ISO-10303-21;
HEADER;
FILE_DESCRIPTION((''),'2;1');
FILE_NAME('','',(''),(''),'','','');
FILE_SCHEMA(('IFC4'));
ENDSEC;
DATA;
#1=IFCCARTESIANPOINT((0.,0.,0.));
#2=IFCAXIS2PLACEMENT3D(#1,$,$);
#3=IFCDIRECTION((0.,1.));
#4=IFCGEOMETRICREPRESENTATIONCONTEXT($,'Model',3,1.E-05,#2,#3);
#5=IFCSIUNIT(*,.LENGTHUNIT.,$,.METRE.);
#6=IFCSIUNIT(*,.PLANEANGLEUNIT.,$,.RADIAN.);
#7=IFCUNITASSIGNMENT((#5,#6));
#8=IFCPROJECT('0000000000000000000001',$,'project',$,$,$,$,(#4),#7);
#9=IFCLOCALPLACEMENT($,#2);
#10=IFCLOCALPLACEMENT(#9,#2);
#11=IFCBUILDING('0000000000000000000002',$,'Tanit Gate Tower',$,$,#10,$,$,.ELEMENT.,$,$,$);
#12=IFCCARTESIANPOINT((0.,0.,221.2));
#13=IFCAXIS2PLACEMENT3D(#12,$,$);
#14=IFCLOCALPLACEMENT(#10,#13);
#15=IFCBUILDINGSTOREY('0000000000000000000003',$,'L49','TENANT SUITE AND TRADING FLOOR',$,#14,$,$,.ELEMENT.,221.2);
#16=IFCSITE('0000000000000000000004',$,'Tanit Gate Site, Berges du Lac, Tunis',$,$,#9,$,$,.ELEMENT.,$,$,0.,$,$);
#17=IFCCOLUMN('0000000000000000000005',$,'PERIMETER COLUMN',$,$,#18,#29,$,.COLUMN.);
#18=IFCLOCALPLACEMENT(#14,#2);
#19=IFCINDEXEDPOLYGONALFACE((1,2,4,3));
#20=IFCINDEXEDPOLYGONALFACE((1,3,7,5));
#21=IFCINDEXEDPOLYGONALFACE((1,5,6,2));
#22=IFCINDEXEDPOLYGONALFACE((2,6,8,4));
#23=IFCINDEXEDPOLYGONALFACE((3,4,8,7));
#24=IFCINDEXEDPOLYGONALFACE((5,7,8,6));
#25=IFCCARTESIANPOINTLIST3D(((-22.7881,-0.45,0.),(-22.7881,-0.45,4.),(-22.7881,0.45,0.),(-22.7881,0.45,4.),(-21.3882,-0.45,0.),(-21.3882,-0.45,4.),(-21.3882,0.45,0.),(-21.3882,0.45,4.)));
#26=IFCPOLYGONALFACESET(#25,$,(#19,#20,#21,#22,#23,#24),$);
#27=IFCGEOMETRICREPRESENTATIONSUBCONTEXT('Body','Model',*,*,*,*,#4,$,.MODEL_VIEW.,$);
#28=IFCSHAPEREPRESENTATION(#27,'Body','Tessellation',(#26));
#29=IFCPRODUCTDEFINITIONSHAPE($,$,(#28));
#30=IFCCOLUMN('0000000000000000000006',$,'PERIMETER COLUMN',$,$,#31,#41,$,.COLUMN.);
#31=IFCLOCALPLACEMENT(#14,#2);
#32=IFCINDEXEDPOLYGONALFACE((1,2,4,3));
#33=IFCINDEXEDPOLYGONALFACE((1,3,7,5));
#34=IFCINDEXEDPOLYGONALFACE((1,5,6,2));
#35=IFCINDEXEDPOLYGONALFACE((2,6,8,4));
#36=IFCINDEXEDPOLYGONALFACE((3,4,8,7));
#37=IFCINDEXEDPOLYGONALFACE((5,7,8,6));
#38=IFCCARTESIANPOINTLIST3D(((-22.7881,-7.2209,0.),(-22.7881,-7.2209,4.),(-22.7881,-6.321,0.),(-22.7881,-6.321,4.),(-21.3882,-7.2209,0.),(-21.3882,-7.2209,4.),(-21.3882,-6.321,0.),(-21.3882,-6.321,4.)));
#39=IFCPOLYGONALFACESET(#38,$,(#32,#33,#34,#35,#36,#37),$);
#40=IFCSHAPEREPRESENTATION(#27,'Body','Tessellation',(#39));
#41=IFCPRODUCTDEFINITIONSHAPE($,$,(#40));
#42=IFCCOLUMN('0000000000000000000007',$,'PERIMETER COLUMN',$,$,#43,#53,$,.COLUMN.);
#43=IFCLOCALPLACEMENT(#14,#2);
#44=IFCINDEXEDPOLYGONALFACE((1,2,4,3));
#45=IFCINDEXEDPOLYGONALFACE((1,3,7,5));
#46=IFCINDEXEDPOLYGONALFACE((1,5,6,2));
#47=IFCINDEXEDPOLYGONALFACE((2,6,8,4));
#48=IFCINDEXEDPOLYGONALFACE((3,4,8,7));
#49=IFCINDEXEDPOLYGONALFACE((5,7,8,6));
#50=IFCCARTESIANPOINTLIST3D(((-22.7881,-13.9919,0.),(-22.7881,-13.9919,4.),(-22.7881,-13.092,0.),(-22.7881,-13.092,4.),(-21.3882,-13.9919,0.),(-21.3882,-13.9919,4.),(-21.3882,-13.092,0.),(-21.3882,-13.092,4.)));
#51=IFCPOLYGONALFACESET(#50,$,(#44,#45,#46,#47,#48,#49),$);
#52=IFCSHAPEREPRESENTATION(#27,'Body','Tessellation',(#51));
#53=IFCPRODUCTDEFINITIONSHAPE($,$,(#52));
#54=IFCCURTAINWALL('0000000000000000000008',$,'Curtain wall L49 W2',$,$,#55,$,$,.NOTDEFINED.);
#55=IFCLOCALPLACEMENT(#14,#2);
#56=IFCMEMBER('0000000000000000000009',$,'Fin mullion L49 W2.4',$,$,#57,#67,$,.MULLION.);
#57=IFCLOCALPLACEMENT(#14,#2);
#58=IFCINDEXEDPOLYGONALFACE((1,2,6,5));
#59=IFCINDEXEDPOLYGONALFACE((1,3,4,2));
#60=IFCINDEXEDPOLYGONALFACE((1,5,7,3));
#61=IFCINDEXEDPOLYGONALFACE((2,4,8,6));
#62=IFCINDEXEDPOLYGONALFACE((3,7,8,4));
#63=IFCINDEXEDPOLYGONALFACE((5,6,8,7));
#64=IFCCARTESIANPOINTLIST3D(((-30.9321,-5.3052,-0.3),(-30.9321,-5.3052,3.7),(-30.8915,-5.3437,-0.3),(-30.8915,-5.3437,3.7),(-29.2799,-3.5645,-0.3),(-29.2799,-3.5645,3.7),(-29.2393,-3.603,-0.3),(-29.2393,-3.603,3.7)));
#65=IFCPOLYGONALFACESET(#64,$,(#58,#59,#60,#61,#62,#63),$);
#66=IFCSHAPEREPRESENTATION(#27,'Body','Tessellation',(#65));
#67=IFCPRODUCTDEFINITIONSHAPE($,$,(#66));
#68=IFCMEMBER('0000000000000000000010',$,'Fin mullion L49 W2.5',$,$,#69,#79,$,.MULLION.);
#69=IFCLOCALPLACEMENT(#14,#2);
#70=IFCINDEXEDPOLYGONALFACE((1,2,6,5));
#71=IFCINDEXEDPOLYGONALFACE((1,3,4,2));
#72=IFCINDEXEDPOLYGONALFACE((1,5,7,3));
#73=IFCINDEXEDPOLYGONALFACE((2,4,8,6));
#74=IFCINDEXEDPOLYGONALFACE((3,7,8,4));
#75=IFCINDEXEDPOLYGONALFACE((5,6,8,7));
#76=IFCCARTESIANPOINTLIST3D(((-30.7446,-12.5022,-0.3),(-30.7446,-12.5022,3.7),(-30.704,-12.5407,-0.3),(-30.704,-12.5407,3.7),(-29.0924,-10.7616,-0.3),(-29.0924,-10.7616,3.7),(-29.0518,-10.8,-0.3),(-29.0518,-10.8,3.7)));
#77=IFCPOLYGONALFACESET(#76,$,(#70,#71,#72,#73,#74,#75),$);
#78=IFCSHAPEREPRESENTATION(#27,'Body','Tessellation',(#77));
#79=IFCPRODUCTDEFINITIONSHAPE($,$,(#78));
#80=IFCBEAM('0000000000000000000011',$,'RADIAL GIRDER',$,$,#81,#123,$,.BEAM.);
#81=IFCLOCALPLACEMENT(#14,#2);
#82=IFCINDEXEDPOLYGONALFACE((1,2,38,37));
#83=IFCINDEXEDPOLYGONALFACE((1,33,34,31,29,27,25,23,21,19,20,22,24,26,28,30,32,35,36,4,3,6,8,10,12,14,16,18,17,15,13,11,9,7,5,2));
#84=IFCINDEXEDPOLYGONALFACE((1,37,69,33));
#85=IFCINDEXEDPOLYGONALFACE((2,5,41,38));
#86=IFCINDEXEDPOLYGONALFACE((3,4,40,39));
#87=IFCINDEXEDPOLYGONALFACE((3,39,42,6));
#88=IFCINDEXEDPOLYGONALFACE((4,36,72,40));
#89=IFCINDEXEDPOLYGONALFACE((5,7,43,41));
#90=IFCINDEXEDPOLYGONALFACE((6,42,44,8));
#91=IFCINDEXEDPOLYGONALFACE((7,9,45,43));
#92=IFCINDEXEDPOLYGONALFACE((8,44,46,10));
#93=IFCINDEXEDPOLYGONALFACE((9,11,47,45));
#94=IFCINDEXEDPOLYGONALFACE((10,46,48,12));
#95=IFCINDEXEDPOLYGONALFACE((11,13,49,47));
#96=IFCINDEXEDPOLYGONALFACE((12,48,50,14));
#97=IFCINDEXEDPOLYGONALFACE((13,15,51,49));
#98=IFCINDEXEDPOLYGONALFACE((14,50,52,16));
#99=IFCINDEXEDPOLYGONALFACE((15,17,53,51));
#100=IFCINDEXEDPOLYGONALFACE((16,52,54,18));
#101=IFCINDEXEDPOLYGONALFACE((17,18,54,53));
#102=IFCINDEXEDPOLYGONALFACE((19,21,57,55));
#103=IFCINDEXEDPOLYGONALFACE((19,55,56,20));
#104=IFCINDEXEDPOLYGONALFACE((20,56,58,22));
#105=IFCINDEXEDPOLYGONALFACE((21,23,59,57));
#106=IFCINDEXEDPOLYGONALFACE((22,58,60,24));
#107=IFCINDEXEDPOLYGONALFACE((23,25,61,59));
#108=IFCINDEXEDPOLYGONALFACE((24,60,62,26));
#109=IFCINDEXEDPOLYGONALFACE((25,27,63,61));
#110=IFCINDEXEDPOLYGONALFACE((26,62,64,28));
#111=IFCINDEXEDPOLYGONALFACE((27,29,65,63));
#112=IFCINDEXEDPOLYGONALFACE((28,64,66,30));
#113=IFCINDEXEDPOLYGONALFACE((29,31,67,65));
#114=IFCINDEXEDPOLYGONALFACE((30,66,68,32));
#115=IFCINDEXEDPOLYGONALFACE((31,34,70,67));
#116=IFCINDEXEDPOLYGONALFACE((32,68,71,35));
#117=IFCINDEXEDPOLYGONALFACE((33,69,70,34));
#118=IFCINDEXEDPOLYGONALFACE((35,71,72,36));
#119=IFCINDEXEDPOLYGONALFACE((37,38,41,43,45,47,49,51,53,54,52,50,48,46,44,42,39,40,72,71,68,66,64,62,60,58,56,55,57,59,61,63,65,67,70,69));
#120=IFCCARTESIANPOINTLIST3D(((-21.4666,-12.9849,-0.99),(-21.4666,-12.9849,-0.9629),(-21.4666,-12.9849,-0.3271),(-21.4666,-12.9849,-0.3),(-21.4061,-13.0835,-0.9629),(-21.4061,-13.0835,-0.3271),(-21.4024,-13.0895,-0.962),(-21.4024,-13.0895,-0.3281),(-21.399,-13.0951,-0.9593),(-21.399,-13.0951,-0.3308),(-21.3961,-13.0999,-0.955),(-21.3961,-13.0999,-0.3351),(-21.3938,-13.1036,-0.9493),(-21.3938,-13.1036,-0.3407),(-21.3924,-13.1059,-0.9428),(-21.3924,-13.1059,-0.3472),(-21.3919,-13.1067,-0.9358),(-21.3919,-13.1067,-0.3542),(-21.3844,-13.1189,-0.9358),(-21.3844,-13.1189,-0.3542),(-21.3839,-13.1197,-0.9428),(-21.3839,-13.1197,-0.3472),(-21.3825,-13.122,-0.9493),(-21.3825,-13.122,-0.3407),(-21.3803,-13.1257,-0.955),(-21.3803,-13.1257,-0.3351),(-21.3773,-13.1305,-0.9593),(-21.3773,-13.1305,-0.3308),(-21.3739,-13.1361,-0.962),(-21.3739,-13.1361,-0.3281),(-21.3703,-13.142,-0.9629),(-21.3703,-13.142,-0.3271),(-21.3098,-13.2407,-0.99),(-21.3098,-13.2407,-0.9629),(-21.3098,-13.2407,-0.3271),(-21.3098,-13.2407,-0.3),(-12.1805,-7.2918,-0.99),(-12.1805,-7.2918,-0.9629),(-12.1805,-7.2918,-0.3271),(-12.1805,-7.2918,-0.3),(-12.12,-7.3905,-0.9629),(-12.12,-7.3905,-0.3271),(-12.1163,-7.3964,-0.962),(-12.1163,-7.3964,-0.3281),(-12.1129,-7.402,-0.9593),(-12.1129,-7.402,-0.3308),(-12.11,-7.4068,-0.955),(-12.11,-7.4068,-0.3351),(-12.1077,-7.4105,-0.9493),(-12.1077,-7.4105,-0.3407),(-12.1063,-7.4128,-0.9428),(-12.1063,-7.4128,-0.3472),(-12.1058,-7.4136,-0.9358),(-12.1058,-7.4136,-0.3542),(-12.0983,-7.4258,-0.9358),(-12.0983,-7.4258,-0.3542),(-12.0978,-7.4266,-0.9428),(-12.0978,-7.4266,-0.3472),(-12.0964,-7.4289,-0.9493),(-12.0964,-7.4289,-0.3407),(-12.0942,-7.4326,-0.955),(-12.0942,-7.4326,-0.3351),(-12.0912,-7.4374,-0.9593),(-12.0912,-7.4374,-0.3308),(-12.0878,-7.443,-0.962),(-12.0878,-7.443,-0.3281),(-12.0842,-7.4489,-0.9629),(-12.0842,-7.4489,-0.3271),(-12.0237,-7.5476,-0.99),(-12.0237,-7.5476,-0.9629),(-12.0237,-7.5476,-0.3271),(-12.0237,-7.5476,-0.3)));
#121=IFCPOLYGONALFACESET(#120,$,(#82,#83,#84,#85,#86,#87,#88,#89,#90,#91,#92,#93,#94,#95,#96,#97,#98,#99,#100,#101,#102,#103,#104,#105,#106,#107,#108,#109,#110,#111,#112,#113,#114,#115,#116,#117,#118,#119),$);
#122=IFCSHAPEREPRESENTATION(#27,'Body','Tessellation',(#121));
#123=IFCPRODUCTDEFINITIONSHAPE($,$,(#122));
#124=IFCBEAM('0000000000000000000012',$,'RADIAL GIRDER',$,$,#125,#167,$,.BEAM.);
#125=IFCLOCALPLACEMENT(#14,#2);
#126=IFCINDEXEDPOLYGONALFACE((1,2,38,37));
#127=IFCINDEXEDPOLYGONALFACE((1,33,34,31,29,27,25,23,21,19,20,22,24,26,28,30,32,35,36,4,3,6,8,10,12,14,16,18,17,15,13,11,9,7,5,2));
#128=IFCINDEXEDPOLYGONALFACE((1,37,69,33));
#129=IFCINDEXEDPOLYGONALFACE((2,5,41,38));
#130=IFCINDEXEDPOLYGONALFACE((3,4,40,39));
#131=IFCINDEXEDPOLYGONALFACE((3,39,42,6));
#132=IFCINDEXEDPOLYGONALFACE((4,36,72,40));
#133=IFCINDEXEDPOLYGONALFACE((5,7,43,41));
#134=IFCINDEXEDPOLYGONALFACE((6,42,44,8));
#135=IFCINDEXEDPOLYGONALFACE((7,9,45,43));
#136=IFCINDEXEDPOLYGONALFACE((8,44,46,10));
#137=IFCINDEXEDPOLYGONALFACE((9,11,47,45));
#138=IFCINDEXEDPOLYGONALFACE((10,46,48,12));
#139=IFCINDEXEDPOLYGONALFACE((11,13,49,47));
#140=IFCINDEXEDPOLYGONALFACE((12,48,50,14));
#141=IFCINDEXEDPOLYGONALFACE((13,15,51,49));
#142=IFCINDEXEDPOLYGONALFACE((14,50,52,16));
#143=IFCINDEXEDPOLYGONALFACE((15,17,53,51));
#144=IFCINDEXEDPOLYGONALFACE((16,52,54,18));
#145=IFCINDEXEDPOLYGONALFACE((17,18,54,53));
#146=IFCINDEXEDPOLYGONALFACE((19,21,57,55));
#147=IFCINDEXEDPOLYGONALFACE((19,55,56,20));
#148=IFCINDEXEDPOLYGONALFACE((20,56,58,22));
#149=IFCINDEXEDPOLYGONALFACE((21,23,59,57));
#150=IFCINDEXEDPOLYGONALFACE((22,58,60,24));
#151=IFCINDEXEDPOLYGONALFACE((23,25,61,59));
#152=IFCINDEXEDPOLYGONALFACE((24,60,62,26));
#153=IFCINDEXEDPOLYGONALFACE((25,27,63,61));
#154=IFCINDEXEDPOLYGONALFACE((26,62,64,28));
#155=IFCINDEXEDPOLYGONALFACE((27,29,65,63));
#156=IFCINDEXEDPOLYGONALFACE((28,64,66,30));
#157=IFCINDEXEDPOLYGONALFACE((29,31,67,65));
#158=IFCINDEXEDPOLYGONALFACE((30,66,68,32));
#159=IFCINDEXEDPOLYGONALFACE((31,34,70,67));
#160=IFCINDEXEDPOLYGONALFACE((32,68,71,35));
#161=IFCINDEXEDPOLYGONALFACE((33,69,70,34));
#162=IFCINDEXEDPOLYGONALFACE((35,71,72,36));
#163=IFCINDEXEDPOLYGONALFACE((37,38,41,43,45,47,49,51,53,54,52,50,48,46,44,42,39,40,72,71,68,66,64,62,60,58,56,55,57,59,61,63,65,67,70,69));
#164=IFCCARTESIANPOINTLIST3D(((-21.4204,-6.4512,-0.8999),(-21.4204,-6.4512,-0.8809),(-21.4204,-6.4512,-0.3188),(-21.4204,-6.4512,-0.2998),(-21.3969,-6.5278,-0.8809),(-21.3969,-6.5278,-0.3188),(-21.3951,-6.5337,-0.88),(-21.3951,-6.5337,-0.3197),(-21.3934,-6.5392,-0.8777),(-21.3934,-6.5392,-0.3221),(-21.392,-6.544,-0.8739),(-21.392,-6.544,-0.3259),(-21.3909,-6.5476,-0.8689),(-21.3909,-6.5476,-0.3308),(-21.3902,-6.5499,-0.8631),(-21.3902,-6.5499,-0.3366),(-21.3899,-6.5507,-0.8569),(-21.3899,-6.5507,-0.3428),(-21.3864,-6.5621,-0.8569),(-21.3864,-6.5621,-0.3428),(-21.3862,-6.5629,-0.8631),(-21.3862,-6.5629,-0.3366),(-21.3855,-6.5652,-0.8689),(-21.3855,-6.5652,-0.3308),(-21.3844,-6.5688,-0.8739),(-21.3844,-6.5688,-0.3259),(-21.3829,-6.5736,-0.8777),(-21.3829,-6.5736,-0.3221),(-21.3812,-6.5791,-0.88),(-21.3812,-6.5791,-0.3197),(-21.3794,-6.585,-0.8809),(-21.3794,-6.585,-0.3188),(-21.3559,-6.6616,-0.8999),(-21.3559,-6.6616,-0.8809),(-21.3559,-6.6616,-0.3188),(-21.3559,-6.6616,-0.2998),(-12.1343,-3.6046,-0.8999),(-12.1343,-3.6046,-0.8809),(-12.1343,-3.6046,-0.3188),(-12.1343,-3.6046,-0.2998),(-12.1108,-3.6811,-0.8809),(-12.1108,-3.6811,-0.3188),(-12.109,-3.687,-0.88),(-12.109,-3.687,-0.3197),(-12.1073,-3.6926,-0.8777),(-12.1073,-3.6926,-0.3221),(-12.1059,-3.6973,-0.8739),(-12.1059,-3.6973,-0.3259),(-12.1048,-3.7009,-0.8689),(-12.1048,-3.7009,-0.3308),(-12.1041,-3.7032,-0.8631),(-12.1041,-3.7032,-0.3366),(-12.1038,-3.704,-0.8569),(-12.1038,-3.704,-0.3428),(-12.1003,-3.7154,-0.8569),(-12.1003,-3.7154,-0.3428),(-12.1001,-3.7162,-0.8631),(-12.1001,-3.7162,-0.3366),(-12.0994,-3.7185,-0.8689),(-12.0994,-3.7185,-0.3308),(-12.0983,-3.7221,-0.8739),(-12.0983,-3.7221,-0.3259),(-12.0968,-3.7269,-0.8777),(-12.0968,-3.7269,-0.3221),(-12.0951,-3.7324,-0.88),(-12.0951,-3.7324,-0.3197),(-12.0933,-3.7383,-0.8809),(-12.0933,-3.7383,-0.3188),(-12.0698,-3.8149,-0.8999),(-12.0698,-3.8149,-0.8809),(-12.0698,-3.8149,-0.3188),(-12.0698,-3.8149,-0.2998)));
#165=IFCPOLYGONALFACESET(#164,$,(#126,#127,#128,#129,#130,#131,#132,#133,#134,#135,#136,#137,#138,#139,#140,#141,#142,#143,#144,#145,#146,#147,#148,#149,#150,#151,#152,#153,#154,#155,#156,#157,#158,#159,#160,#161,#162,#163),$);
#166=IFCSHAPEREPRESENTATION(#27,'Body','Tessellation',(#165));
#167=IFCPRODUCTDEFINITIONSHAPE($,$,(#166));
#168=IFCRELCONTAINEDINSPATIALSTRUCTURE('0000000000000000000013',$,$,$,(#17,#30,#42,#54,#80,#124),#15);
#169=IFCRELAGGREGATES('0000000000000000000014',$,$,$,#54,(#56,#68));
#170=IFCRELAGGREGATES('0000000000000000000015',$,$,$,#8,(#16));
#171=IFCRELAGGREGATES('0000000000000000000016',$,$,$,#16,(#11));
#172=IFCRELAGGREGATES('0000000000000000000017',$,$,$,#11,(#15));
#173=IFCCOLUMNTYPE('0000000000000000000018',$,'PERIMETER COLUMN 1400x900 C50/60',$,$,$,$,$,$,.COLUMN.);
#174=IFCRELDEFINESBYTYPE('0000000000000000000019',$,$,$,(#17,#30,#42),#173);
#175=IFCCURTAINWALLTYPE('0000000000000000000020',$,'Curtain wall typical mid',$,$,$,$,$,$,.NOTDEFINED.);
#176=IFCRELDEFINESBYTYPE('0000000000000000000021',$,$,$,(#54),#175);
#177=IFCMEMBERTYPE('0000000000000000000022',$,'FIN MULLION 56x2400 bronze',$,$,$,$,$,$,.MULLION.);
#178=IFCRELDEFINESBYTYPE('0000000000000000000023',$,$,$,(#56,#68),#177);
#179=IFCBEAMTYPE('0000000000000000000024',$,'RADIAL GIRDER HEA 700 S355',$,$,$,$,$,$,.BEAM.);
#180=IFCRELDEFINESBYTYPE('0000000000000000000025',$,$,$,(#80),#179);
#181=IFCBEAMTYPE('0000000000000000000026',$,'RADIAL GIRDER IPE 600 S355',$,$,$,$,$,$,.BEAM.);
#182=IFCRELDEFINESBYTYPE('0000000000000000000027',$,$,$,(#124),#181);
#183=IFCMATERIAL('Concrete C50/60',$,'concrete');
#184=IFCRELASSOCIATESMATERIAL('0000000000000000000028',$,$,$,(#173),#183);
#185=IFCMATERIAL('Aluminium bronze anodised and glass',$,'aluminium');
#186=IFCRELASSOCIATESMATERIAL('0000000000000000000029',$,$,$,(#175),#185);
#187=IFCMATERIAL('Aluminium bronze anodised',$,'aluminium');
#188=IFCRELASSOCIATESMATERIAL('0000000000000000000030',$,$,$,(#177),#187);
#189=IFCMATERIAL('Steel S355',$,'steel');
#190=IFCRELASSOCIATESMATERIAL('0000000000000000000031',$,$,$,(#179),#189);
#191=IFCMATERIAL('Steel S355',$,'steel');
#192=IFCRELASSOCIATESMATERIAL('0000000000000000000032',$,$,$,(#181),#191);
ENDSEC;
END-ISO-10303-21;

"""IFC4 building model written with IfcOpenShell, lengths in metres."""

from ifc_helpers import new_model, si_unit, direction, frame, origin, origin_2d, place, context, subcontext, project, spatial, rectangle, i_section, extrude, material, material_profile, profile_set, type_object, element, aggregate, save


model = new_model("IFC4")

# Units and contexts
model_context = context("Model", 3, precision=1e-05, world=origin(), true_north=direction((0.0, 1.0)))
body_context = subcontext(model_context, "Body", "Model", "MODEL_VIEW")
ifc_project = project(units=[si_unit("LENGTHUNIT", "METRE"), si_unit("PLANEANGLEUNIT", "RADIAN")], contexts=[model_context])

# Site, building, storey
site_placement = place(None, origin())
site = spatial("IfcSite", under=ifc_project, at=site_placement, Name="Tanit Gate Site, Berges du Lac, Tunis", CompositionType="ELEMENT", RefElevation=0.0)
building_placement = place(site_placement, origin())
building = spatial("IfcBuilding", under=site, at=building_placement, Name="Tanit Gate Tower", CompositionType="ELEMENT")
storey_placement = place(building_placement, frame((0.0, 0.0, 221.2)))
storey = spatial("IfcBuildingStorey", under=building, at=storey_placement, Name="L49", Description="TENANT SUITE AND TRADING FLOOR", CompositionType="ELEMENT", Elevation=221.2)

# Columns
ifc_material_1 = material(Name="Concrete C50/60", Category="concrete")
ifc_material_profile_1 = material_profile(ifc_material_1, rectangle(XDim=1.3999, YDim=0.8999, at=origin_2d()), Name="RC 1400x900")
ifc_profile_set_1 = profile_set([ifc_material_profile_1], Name="Concrete C50/60")
column_type = type_object("IfcColumnType", Name="PERIMETER COLUMN 1400x900 C50/60", PredefinedType="COLUMN", material=ifc_profile_set_1)
for number, where, z_axis, x_axis, name in (
    (1, (-22.0881, 0.0, 0.0), (0.0, 0.0, 1.0), (-1.0, 0.0, 0.0), "PERIMETER COLUMN"),
    (2, (-22.0881, -6.771, 0.0), (0.0, 0.0, 1.0), (-1.0, 0.0, 0.0), "PERIMETER COLUMN"),
    (3, (-22.0881, -13.542, 0.0), (0.0, 0.0, 1.0), (-1.0, 0.0, 0.0), "PERIMETER COLUMN"),
):
    element("IfcColumn", number, at=place(storey_placement, frame(where, z_axis=z_axis, x_axis=x_axis)), inside=storey, type_object=column_type, Name=name, PredefinedType="COLUMN", context=body_context, shape_type="SweptSolid", body=[
        extrude(rectangle(XDim=1.3999, YDim=0.8999, at=origin_2d()), origin(), (0.0, 0.0, 1.0), 4.0),
    ])

# Curtain wall, members
ifc_material_2 = material(Name="Aluminium bronze anodised and glass", Category="aluminium")
curtain_wall_type = type_object("IfcCurtainWallType", Name="Curtain wall typical mid", PredefinedType="NOTDEFINED", material=ifc_material_2)
curtain_wall_placement = place(storey_placement, origin())
curtain_wall = element("IfcCurtainWall", 4, at=curtain_wall_placement, inside=storey, type_object=curtain_wall_type, Name="Curtain wall L49 W2", PredefinedType="NOTDEFINED")
ifc_material_3 = material(Name="Aluminium bronze anodised", Category="aluminium")
ifc_material_profile_2 = material_profile(ifc_material_3, rectangle(XDim=2.3999, YDim=0.0559, at=origin_2d()), Name="56x2400 bronze fin mullion")
ifc_profile_set_2 = profile_set([ifc_material_profile_2], Name="Aluminium bronze anodised")
member_type_1 = type_object("IfcMemberType", Name="FIN MULLION 56x2400 bronze", PredefinedType="MULLION", material=ifc_profile_set_2)
member_1_placement = place(storey_placement, frame((-30.0857, -4.4541, -0.3), z_axis=(0.0, 0.0, 1.0), x_axis=(0.688438, 0.725296, 0.0)))
member_1 = element("IfcMember", 5, at=member_1_placement, type_object=member_type_1, Name="Fin mullion L49 W2.4", PredefinedType="MULLION", context=body_context, shape_type="SweptSolid", body=[
    extrude(rectangle(XDim=2.3999, YDim=0.0559, at=origin_2d()), origin(), (0.0, 0.0, 1.0), 4.0),
])
member_2_placement = place(storey_placement, frame((-29.8982, -11.6511, -0.3), z_axis=(0.0, 0.0, 1.0), x_axis=(0.688438, 0.725296, 0.0)))
member_2 = element("IfcMember", 6, at=member_2_placement, type_object=member_type_1, Name="Fin mullion L49 W2.5", PredefinedType="MULLION", context=body_context, shape_type="SweptSolid", body=[
    extrude(rectangle(XDim=2.3999, YDim=0.0559, at=origin_2d()), origin(), (0.0, 0.0, 1.0), 4.0),
])

# Beams
ifc_material_4 = material(Name="Steel S355", Category="steel")
ifc_material_profile_3 = material_profile(ifc_material_4, i_section(OverallWidth=0.3, OverallDepth=0.6899, WebThickness=0.0144, FlangeThickness=0.0271, FilletRadius=0.0271, at=origin_2d()), Name="HEA 700")
ifc_profile_set_3 = profile_set([ifc_material_profile_3], Name="Steel S355")
beam_type_1 = type_object("IfcBeamType", Name="RADIAL GIRDER HEA 700 S355", PredefinedType="BEAM", material=ifc_profile_set_3)
beam_1_placement = place(storey_placement, frame((-21.3882, -13.1128, -0.645), z_axis=(0.852535, 0.52267, 0.0), x_axis=(-0.52267, 0.852535, 0.0)))
element("IfcBeam", 7, at=beam_1_placement, inside=storey, type_object=beam_type_1, Name="RADIAL GIRDER", PredefinedType="BEAM", context=body_context, shape_type="SweptSolid", body=[
    extrude(i_section(OverallWidth=0.3, OverallDepth=0.6899, WebThickness=0.0144, FlangeThickness=0.0271, FilletRadius=0.0271, at=origin_2d()), origin(), (0.0, 0.0, 1.0), 10.8923),
])
ifc_material_5 = material(Name="Steel S355", Category="steel")
ifc_material_profile_4 = material_profile(ifc_material_5, i_section(OverallWidth=0.22, OverallDepth=0.6001, WebThickness=0.012, FlangeThickness=0.019, FilletRadius=0.0239, at=origin_2d()), Name="IPE 600")
ifc_profile_set_4 = profile_set([ifc_material_profile_4], Name="Steel S355")
beam_type_2 = type_object("IfcBeamType", Name="RADIAL GIRDER IPE 600 S355", PredefinedType="BEAM", material=ifc_profile_set_4)
beam_2_placement = place(storey_placement, frame((-21.3882, -6.5564, -0.5999), z_axis=(0.956085, 0.293089, 0.0), x_axis=(-0.293089, 0.956085, 0.0)))
element("IfcBeam", 8, at=beam_2_placement, inside=storey, type_object=beam_type_2, Name="RADIAL GIRDER", PredefinedType="BEAM", context=body_context, shape_type="SweptSolid", body=[
    extrude(i_section(OverallWidth=0.22, OverallDepth=0.6001, WebThickness=0.012, FlangeThickness=0.019, FilletRadius=0.0239, at=origin_2d()), origin(), (0.0, 0.0, 1.0), 9.7126),
])

aggregate(curtain_wall, [member_1, member_2])

save(model, "model.ifc")
